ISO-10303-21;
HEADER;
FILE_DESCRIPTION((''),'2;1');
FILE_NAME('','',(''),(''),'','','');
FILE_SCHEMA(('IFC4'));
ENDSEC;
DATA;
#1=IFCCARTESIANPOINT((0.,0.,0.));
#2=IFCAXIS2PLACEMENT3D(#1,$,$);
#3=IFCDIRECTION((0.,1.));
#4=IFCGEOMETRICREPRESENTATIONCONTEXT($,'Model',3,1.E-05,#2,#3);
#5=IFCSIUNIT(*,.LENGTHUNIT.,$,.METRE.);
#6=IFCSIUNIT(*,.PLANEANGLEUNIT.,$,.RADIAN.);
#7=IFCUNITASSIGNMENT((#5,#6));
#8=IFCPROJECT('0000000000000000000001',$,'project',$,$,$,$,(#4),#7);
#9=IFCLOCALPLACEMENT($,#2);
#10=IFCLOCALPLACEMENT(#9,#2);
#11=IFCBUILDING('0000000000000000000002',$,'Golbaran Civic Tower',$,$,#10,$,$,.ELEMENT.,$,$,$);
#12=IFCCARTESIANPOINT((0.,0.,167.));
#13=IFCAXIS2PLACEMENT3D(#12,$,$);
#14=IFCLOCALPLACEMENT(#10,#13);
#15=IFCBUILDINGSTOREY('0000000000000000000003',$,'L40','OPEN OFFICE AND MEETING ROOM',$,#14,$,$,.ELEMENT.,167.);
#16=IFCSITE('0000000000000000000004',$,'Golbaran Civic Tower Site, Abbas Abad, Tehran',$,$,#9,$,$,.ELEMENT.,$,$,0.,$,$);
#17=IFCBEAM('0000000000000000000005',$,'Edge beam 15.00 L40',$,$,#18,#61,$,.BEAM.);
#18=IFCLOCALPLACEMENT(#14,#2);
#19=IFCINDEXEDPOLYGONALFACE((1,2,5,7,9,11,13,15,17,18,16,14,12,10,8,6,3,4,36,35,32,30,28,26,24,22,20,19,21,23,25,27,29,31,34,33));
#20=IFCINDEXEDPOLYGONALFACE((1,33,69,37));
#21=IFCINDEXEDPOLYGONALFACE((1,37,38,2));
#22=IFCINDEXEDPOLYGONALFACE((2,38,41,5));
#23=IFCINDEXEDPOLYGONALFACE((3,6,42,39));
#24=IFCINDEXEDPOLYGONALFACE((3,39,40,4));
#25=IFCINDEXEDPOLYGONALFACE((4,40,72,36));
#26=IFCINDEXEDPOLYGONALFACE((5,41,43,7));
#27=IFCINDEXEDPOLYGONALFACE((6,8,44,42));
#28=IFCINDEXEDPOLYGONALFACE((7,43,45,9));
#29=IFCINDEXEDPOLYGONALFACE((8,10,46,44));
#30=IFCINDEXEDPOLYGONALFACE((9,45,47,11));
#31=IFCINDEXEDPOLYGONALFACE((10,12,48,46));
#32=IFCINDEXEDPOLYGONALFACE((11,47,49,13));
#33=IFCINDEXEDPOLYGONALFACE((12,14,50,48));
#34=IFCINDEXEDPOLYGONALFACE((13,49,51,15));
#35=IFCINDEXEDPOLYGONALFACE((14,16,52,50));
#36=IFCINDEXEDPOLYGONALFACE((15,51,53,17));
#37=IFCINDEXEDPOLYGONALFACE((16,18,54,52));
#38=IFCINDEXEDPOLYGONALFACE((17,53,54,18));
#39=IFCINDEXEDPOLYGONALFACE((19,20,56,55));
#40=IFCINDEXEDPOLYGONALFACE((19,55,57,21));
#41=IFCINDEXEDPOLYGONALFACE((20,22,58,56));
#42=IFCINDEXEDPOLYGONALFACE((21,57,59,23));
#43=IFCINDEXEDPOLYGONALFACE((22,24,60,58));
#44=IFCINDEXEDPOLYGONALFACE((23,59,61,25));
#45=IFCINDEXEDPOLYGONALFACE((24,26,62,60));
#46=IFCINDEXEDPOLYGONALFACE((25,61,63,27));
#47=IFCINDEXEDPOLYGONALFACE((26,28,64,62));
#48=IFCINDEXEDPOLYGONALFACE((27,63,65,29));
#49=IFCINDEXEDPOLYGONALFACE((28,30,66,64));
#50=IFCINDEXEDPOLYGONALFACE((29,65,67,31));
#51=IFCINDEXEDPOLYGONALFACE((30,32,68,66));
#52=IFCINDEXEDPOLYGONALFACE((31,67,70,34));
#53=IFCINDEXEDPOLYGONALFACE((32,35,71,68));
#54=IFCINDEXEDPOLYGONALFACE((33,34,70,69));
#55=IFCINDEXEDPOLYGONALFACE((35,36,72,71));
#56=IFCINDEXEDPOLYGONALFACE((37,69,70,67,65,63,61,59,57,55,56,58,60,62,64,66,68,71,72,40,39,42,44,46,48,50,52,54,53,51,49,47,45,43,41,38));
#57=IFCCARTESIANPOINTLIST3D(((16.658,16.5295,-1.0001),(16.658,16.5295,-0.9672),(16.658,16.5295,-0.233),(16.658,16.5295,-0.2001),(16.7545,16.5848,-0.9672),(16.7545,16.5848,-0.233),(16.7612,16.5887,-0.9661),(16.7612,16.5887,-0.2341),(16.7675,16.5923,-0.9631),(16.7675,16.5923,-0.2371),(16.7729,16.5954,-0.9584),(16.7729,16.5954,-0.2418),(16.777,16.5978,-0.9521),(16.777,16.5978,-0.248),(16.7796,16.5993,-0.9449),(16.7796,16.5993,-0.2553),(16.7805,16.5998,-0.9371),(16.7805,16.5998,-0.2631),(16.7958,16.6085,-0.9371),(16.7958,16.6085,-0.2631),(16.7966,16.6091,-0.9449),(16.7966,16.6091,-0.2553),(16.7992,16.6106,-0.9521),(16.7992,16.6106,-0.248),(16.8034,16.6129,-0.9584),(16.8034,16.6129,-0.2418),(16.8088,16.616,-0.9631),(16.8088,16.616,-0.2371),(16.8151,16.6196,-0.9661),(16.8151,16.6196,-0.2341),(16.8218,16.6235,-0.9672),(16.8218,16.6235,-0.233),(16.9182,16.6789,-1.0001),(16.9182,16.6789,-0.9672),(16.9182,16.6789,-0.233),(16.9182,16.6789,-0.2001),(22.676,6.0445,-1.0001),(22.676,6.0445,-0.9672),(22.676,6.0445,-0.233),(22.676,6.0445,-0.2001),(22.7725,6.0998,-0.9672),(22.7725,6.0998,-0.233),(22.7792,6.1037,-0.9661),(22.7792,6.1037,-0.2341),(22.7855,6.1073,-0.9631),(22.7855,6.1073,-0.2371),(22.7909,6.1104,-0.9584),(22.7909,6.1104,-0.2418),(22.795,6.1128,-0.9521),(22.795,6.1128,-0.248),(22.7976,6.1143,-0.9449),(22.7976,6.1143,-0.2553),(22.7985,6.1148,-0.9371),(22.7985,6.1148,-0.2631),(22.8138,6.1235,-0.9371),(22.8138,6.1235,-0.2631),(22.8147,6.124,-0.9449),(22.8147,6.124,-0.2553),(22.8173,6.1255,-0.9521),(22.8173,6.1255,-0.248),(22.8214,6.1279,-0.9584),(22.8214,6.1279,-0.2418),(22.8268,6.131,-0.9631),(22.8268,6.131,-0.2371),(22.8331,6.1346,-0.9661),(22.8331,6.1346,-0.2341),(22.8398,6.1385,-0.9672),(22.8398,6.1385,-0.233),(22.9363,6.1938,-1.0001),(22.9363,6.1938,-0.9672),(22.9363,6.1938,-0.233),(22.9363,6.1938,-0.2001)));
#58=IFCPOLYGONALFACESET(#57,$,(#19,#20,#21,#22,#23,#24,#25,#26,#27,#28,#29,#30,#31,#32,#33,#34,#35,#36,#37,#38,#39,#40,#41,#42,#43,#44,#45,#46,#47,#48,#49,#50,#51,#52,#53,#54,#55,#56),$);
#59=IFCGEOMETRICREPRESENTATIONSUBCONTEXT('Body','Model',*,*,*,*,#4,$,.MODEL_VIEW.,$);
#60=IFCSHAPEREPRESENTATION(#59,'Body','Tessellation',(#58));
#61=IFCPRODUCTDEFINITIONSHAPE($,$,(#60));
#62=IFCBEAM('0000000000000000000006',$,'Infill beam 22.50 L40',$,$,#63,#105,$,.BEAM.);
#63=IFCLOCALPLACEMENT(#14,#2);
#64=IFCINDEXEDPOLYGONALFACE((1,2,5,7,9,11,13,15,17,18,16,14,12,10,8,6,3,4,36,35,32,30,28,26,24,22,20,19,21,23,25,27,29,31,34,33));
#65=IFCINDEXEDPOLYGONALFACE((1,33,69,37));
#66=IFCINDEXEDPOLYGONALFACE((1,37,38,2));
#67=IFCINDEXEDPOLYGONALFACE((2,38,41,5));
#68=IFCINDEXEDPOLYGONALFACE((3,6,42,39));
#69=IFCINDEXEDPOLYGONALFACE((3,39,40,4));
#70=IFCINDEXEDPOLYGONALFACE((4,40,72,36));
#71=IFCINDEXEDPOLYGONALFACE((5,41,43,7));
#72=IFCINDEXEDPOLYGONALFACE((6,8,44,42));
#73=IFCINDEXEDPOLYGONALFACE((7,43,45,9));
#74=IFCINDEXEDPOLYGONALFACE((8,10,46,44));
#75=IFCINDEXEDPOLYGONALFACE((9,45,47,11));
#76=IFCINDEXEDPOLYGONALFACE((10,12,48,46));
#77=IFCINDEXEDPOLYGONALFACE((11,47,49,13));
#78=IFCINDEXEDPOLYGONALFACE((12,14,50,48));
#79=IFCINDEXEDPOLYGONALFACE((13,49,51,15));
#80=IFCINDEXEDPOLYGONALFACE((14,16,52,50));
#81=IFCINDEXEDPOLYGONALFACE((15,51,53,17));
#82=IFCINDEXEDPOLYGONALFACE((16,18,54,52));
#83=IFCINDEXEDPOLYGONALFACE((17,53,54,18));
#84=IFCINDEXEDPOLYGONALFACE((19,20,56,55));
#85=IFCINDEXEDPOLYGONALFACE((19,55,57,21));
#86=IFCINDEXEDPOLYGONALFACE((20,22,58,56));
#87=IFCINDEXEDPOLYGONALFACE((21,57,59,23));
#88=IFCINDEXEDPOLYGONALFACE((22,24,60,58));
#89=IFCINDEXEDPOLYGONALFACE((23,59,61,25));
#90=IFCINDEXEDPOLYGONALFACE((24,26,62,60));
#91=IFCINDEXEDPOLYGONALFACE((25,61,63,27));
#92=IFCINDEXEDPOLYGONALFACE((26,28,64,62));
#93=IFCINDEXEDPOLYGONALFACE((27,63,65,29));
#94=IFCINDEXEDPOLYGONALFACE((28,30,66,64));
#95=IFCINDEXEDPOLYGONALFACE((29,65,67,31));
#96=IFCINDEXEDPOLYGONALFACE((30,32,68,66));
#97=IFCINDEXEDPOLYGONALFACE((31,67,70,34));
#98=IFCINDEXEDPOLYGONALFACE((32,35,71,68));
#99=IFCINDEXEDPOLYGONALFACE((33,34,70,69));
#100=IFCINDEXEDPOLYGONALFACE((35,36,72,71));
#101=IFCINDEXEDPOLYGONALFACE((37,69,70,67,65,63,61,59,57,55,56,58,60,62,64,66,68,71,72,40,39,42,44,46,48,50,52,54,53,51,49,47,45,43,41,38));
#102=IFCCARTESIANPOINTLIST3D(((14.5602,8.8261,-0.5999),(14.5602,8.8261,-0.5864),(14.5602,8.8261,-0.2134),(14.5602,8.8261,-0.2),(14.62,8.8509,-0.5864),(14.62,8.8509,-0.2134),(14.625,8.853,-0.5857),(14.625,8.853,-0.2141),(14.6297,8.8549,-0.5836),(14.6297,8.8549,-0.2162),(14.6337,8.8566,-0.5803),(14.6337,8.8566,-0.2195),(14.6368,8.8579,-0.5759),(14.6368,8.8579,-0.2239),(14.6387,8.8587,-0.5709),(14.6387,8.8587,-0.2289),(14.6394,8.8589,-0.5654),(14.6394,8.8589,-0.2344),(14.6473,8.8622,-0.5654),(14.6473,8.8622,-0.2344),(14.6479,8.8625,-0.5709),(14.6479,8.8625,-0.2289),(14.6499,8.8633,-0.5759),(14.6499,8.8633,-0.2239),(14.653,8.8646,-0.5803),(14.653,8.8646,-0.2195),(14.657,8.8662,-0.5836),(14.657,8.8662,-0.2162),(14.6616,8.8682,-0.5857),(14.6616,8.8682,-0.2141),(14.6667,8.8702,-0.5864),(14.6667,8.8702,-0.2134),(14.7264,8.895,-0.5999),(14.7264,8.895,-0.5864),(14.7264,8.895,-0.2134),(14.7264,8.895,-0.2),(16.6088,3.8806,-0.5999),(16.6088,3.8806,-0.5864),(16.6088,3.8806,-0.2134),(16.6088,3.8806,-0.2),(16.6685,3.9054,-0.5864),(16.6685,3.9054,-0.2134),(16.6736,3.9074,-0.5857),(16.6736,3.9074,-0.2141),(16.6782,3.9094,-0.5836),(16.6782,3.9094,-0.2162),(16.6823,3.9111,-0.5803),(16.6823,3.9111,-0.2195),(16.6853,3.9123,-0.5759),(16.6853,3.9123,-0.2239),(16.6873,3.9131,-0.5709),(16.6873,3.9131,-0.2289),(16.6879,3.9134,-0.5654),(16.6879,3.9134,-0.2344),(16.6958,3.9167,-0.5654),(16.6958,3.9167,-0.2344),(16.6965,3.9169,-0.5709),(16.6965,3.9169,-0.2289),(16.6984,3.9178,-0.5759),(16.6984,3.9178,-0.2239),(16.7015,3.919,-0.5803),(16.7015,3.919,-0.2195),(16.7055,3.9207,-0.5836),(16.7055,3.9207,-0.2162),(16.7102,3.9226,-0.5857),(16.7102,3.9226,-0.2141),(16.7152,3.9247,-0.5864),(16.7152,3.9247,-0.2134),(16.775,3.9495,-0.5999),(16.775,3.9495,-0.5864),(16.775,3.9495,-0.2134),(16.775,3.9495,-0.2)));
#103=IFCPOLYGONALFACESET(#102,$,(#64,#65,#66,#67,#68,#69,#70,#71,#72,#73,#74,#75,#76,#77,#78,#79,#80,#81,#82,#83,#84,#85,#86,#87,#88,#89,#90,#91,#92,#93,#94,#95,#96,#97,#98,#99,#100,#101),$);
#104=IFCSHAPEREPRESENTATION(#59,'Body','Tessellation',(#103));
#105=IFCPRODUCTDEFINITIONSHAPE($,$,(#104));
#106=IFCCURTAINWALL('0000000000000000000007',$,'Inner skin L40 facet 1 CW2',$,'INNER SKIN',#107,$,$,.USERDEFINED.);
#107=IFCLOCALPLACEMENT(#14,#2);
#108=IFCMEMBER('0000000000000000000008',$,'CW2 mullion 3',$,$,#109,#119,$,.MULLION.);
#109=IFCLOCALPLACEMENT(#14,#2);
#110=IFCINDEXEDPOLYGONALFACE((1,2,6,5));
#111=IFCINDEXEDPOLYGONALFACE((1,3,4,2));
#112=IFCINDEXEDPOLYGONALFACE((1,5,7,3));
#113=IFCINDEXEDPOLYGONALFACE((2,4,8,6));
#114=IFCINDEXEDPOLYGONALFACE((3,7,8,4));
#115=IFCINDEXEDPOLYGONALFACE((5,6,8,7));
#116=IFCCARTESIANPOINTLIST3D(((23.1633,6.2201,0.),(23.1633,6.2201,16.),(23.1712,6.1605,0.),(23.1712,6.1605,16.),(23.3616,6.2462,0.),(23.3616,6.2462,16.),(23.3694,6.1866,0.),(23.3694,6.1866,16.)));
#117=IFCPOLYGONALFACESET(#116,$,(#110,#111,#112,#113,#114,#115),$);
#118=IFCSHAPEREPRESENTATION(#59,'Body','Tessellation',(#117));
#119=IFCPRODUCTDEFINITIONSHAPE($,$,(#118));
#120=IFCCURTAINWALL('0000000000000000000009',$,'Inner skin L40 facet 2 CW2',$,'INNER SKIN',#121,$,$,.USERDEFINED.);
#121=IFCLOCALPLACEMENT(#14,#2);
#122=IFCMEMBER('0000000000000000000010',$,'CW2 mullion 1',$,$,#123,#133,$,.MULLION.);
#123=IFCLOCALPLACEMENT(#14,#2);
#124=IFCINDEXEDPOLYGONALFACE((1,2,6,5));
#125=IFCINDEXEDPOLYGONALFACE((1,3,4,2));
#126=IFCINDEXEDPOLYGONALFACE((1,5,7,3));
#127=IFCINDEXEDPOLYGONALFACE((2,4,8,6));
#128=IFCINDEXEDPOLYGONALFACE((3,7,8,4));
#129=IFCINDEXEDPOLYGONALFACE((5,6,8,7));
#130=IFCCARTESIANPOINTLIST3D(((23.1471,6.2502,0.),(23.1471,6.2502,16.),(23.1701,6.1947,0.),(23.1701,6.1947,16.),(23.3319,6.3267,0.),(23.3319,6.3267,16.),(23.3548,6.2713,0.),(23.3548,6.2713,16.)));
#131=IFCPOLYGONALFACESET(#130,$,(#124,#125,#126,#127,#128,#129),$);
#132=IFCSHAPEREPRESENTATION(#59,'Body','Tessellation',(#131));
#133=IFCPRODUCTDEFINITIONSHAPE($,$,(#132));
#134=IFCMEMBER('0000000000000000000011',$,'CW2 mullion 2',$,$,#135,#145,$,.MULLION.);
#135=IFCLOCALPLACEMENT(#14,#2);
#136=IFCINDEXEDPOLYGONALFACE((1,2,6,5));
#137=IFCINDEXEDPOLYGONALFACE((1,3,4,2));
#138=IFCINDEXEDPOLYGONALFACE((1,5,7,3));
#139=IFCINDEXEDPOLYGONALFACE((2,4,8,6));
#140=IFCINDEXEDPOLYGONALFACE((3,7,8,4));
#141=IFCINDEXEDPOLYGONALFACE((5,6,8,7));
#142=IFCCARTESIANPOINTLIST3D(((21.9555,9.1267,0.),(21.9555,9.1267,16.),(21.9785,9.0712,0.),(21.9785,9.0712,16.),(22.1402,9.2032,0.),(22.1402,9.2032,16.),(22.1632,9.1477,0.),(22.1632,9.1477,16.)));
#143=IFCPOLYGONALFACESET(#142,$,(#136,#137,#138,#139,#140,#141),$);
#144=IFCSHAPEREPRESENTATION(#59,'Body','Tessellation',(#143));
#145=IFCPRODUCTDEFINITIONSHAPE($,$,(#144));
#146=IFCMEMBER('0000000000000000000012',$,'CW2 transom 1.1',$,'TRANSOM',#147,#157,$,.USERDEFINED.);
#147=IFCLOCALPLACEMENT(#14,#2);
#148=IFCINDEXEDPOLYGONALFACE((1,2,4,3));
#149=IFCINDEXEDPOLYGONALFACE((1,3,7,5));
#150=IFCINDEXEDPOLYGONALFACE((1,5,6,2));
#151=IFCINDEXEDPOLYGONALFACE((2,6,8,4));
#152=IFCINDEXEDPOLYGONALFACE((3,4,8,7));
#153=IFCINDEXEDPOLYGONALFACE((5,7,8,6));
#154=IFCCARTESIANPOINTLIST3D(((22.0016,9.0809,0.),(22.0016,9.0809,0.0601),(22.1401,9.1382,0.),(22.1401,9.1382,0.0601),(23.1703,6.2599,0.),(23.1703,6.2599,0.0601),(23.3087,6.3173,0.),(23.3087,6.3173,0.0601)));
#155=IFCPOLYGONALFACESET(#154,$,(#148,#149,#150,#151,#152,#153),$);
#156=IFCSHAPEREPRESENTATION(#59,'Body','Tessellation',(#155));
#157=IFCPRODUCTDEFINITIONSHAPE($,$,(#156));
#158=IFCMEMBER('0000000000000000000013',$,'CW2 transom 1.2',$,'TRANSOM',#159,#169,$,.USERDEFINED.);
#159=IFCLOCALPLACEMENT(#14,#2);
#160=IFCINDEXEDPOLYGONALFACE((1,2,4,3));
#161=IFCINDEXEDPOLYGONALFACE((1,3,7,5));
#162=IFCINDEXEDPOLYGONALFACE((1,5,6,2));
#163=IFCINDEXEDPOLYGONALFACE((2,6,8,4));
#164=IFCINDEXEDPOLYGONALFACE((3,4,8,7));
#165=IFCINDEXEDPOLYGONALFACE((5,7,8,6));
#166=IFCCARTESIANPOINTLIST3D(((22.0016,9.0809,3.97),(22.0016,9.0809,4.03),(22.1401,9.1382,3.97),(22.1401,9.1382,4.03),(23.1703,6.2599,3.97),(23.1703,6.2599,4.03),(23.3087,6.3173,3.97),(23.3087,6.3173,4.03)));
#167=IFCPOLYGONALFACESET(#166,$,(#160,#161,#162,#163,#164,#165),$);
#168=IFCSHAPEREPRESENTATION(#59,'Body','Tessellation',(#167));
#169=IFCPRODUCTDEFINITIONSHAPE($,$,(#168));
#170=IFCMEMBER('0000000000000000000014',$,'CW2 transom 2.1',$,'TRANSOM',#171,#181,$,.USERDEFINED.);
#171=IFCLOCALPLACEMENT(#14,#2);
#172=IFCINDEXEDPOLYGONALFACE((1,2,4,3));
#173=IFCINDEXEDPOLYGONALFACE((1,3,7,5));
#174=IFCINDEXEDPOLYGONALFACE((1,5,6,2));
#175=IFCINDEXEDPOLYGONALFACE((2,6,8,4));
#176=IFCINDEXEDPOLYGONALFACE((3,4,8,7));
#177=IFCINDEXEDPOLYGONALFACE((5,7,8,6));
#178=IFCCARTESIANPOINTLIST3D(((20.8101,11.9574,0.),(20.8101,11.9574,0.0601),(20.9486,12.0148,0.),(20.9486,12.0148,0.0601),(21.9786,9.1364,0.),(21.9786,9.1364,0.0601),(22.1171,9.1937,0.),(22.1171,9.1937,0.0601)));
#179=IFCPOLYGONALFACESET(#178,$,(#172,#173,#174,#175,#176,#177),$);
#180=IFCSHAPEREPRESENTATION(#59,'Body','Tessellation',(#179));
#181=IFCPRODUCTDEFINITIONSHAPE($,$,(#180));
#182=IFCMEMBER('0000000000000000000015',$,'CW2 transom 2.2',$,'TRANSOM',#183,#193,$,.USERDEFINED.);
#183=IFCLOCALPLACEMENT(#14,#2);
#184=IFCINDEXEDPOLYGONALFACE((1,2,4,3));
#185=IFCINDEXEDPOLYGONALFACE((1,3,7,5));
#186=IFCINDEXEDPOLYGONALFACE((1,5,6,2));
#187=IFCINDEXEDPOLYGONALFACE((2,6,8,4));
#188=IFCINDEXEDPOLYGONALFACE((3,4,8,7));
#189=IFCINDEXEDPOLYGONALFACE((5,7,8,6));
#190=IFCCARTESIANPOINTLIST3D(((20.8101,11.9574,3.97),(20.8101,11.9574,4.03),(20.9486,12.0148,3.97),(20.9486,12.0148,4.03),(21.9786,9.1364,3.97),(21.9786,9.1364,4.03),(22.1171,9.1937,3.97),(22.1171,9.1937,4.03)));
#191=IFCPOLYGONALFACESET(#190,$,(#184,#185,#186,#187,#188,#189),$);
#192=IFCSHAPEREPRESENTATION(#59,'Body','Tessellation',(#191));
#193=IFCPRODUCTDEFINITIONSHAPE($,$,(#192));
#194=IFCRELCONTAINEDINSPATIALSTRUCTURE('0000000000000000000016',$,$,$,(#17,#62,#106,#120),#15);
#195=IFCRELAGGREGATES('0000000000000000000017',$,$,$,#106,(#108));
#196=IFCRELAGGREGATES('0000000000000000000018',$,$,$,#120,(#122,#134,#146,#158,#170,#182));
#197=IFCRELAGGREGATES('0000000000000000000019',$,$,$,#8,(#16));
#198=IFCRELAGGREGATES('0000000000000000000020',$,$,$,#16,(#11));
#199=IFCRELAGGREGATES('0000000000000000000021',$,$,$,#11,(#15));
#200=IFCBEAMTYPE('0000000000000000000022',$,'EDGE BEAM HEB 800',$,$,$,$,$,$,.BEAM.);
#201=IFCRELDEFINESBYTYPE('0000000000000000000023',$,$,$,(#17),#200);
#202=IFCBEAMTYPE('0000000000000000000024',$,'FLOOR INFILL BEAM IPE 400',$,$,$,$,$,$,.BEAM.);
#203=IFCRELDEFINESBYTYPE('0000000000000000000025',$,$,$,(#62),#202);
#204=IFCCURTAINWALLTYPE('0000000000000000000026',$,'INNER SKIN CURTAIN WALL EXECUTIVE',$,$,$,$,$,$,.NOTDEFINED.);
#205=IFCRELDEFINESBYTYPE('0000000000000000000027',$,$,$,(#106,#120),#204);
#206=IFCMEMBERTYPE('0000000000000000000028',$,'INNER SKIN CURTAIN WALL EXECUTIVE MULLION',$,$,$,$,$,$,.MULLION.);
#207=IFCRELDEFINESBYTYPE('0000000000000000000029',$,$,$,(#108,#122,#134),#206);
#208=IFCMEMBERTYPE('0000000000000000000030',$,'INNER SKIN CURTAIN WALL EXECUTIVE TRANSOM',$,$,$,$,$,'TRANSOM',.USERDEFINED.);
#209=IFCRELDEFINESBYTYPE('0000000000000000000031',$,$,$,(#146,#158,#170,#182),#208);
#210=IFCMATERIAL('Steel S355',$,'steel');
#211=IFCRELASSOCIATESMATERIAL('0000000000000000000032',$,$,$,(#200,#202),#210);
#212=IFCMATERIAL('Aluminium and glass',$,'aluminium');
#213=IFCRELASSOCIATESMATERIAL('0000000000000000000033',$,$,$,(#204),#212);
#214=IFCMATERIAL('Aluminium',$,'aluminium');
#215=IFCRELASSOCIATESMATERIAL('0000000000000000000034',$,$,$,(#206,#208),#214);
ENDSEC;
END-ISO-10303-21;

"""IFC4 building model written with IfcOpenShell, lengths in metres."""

from ifc_helpers import new_model, si_unit, direction, frame, origin, origin_2d, place, context, subcontext, project, spatial, rectangle, i_section, extrude, material, material_profile, profile_set, type_object, element, aggregate, save


model = new_model("IFC4")

# Units and contexts
model_context = context("Model", 3, precision=1e-05, world=origin(), true_north=direction((0.0, 1.0)))
body_context = subcontext(model_context, "Body", "Model", "MODEL_VIEW")
ifc_project = project(units=[si_unit("LENGTHUNIT", "METRE"), si_unit("PLANEANGLEUNIT", "RADIAN")], contexts=[model_context])

# Site, building, storey
site_placement = place(None, origin())
site = spatial("IfcSite", under=ifc_project, at=site_placement, Name="Golbaran Civic Tower Site, Abbas Abad, Tehran", CompositionType="ELEMENT", RefElevation=0.0)
building_placement = place(site_placement, origin())
building = spatial("IfcBuilding", under=site, at=building_placement, Name="Golbaran Civic Tower", CompositionType="ELEMENT")
storey_placement = place(building_placement, frame((0.0, 0.0, 167.0)))
storey = spatial("IfcBuildingStorey", under=building, at=storey_placement, Name="L40", Description="OPEN OFFICE AND MEETING ROOM", CompositionType="ELEMENT", Elevation=167.0)

# Beams
ifc_material_1 = material(Name="Steel S355", Category="steel")
ifc_material_profile_1 = material_profile(ifc_material_1, i_section(OverallWidth=0.3, OverallDepth=0.8, WebThickness=0.0176, FlangeThickness=0.033, FilletRadius=0.03, at=origin_2d()), Name="HEB 800")
ifc_profile_set_1 = profile_set([ifc_material_profile_1], Name="Steel S355")
beam_type_1 = type_object("IfcBeamType", Name="EDGE BEAM HEB 800", PredefinedType="BEAM", material=ifc_profile_set_1)
beam_1_placement = place(storey_placement, frame((22.8062, 6.1191, -0.6001), z_axis=(-0.497795, 0.867295, 0.0), x_axis=(-0.867295, -0.497795, 0.0)))
element("IfcBeam", 1, at=beam_1_placement, inside=storey, type_object=beam_type_1, Name="Edge beam 15.00 L40", PredefinedType="BEAM", context=body_context, shape_type="SweptSolid", body=[
    extrude(i_section(OverallWidth=0.3, OverallDepth=0.8, WebThickness=0.0176, FlangeThickness=0.033, FilletRadius=0.03, at=origin_2d()), origin(), (0.0, 0.0, 1.0), 12.0894),
])
ifc_material_profile_2 = material_profile(ifc_material_1, i_section(OverallWidth=0.1799, OverallDepth=0.3999, WebThickness=0.0085, FlangeThickness=0.0134, FilletRadius=0.021, at=origin_2d()), Name="IPE 400")
ifc_profile_set_2 = profile_set([ifc_material_profile_2], Name="Steel S355")
beam_type_2 = type_object("IfcBeamType", Name="FLOOR INFILL BEAM IPE 400", PredefinedType="BEAM", material=ifc_profile_set_2)
beam_2_placement = place(storey_placement, frame((16.6919, 3.915, -0.3999), z_axis=(-0.382694, 0.923875, 0.0), x_axis=(-0.923875, -0.382694, 0.0)))
element("IfcBeam", 2, at=beam_2_placement, inside=storey, type_object=beam_type_2, Name="Infill beam 22.50 L40", PredefinedType="BEAM", context=body_context, shape_type="SweptSolid", body=[
    extrude(i_section(OverallWidth=0.1799, OverallDepth=0.3999, WebThickness=0.0085, FlangeThickness=0.0134, FilletRadius=0.021, at=origin_2d()), origin(), (0.0, 0.0, 1.0), 5.353),
])

# Curtain wall, member
ifc_material_2 = material(Name="Aluminium and glass", Category="aluminium")
curtain_wall_type = type_object("IfcCurtainWallType", Name="INNER SKIN CURTAIN WALL EXECUTIVE", PredefinedType="NOTDEFINED", material=ifc_material_2)
curtain_wall_1_placement = place(storey_placement, origin())
curtain_wall_1 = element("IfcCurtainWall", 3, at=curtain_wall_1_placement, inside=storey, type_object=curtain_wall_type, Name="Inner skin L40 facet 1 CW2", ObjectType="INNER SKIN", PredefinedType="USERDEFINED")
ifc_material_3 = material(Name="Aluminium", Category="aluminium")
ifc_material_profile_3 = material_profile(ifc_material_3, rectangle(XDim=0.2, YDim=0.0601, at=origin_2d()), Name="INNER SKIN CURTAIN WALL EXECUTIVE MULLION")
ifc_profile_set_3 = profile_set([ifc_material_profile_3], Name="Aluminium")
member_type_1 = type_object("IfcMemberType", Name="INNER SKIN CURTAIN WALL EXECUTIVE MULLION", PredefinedType="MULLION", material=ifc_profile_set_3)
member_1_placement = place(storey_placement, frame((23.2664, 6.2034, 0.0), z_axis=(0.0, 0.0, 1.0), x_axis=(-0.991445, -0.130526, 0.0)))
member_1 = element("IfcMember", 4, at=member_1_placement, type_object=member_type_1, Name="CW2 mullion 3", PredefinedType="MULLION", context=body_context, shape_type="SweptSolid", body=[
    extrude(rectangle(XDim=0.2, YDim=0.0601, at=origin_2d()), origin(), (0.0, 0.0, 1.0), 16.0),
])

# Curtain wall, members
curtain_wall_2_placement = place(storey_placement, origin())
curtain_wall_2 = element("IfcCurtainWall", 5, at=curtain_wall_2_placement, inside=storey, type_object=curtain_wall_type, Name="Inner skin L40 facet 2 CW2", ObjectType="INNER SKIN", PredefinedType="USERDEFINED")
member_2_placement = place(storey_placement, frame((23.251, 6.2607, 0.0), z_axis=(0.0, 0.0, 1.0), x_axis=(-0.92388, -0.382683, 0.0)))
member_2 = element("IfcMember", 6, at=member_2_placement, type_object=member_type_1, Name="CW2 mullion 1", PredefinedType="MULLION", context=body_context, shape_type="SweptSolid", body=[
    extrude(rectangle(XDim=0.2, YDim=0.0601, at=origin_2d()), origin(), (0.0, 0.0, 1.0), 16.0),
])
member_3_placement = place(storey_placement, frame((22.0593, 9.1372, 0.0), z_axis=(0.0, 0.0, 1.0), x_axis=(-0.92388, -0.382683, 0.0)))
member_3 = element("IfcMember", 7, at=member_3_placement, type_object=member_type_1, Name="CW2 mullion 2", PredefinedType="MULLION", context=body_context, shape_type="SweptSolid", body=[
    extrude(rectangle(XDim=0.2, YDim=0.0601, at=origin_2d()), origin(), (0.0, 0.0, 1.0), 16.0),
])
ifc_material_profile_4 = material_profile(ifc_material_3, rectangle(XDim=0.1499, YDim=0.0601, at=origin_2d()), Name="INNER SKIN CURTAIN WALL EXECUTIVE TRANSOM")
ifc_profile_set_4 = profile_set([ifc_material_profile_4], Name="Aluminium")
member_type_2 = type_object("IfcMemberType", Name="INNER SKIN CURTAIN WALL EXECUTIVE TRANSOM", ElementType="TRANSOM", PredefinedType="USERDEFINED", material=ifc_profile_set_4)
member_4_placement = place(storey_placement, frame((23.2395, 6.2886, 0.03), z_axis=(-0.382735, 0.923858, 0.0), x_axis=(-0.923858, -0.382735, 0.0)))
member_4 = element("IfcMember", 8, at=member_4_placement, type_object=member_type_2, Name="CW2 transom 1.1", ObjectType="TRANSOM", PredefinedType="USERDEFINED", context=body_context, shape_type="SweptSolid", body=[
    extrude(rectangle(XDim=0.1499, YDim=0.0601, at=origin_2d()), origin(), (0.0, 0.0, 1.0), 3.0535),
])
member_5_placement = place(storey_placement, frame((23.2395, 6.2886, 4.0), z_axis=(-0.382735, 0.923858, 0.0), x_axis=(-0.923858, -0.382735, 0.0)))
member_5 = element("IfcMember", 9, at=member_5_placement, type_object=member_type_2, Name="CW2 transom 1.2", ObjectType="TRANSOM", PredefinedType="USERDEFINED", context=body_context, shape_type="SweptSolid", body=[
    extrude(rectangle(XDim=0.1499, YDim=0.0601, at=origin_2d()), origin(), (0.0, 0.0, 1.0), 3.0535),
])
member_6_placement = place(storey_placement, frame((22.0479, 9.165, 0.03), z_axis=(-0.382667, 0.923886, 0.0), x_axis=(-0.923886, -0.382667, 0.0)))
member_6 = element("IfcMember", 10, at=member_6_placement, type_object=member_type_2, Name="CW2 transom 2.1", ObjectType="TRANSOM", PredefinedType="USERDEFINED", context=body_context, shape_type="SweptSolid", body=[
    extrude(rectangle(XDim=0.1499, YDim=0.0601, at=origin_2d()), origin(), (0.0, 0.0, 1.0), 3.0535),
])
member_7_placement = place(storey_placement, frame((22.0479, 9.165, 4.0), z_axis=(-0.382667, 0.923886, 0.0), x_axis=(-0.923886, -0.382667, 0.0)))
member_7 = element("IfcMember", 11, at=member_7_placement, type_object=member_type_2, Name="CW2 transom 2.2", ObjectType="TRANSOM", PredefinedType="USERDEFINED", context=body_context, shape_type="SweptSolid", body=[
    extrude(rectangle(XDim=0.1499, YDim=0.0601, at=origin_2d()), origin(), (0.0, 0.0, 1.0), 3.0535),
])

aggregate(curtain_wall_1, [member_1])
aggregate(curtain_wall_2, [member_2, member_3, member_4, member_5, member_6, member_7])

save(model, "model.ifc")
